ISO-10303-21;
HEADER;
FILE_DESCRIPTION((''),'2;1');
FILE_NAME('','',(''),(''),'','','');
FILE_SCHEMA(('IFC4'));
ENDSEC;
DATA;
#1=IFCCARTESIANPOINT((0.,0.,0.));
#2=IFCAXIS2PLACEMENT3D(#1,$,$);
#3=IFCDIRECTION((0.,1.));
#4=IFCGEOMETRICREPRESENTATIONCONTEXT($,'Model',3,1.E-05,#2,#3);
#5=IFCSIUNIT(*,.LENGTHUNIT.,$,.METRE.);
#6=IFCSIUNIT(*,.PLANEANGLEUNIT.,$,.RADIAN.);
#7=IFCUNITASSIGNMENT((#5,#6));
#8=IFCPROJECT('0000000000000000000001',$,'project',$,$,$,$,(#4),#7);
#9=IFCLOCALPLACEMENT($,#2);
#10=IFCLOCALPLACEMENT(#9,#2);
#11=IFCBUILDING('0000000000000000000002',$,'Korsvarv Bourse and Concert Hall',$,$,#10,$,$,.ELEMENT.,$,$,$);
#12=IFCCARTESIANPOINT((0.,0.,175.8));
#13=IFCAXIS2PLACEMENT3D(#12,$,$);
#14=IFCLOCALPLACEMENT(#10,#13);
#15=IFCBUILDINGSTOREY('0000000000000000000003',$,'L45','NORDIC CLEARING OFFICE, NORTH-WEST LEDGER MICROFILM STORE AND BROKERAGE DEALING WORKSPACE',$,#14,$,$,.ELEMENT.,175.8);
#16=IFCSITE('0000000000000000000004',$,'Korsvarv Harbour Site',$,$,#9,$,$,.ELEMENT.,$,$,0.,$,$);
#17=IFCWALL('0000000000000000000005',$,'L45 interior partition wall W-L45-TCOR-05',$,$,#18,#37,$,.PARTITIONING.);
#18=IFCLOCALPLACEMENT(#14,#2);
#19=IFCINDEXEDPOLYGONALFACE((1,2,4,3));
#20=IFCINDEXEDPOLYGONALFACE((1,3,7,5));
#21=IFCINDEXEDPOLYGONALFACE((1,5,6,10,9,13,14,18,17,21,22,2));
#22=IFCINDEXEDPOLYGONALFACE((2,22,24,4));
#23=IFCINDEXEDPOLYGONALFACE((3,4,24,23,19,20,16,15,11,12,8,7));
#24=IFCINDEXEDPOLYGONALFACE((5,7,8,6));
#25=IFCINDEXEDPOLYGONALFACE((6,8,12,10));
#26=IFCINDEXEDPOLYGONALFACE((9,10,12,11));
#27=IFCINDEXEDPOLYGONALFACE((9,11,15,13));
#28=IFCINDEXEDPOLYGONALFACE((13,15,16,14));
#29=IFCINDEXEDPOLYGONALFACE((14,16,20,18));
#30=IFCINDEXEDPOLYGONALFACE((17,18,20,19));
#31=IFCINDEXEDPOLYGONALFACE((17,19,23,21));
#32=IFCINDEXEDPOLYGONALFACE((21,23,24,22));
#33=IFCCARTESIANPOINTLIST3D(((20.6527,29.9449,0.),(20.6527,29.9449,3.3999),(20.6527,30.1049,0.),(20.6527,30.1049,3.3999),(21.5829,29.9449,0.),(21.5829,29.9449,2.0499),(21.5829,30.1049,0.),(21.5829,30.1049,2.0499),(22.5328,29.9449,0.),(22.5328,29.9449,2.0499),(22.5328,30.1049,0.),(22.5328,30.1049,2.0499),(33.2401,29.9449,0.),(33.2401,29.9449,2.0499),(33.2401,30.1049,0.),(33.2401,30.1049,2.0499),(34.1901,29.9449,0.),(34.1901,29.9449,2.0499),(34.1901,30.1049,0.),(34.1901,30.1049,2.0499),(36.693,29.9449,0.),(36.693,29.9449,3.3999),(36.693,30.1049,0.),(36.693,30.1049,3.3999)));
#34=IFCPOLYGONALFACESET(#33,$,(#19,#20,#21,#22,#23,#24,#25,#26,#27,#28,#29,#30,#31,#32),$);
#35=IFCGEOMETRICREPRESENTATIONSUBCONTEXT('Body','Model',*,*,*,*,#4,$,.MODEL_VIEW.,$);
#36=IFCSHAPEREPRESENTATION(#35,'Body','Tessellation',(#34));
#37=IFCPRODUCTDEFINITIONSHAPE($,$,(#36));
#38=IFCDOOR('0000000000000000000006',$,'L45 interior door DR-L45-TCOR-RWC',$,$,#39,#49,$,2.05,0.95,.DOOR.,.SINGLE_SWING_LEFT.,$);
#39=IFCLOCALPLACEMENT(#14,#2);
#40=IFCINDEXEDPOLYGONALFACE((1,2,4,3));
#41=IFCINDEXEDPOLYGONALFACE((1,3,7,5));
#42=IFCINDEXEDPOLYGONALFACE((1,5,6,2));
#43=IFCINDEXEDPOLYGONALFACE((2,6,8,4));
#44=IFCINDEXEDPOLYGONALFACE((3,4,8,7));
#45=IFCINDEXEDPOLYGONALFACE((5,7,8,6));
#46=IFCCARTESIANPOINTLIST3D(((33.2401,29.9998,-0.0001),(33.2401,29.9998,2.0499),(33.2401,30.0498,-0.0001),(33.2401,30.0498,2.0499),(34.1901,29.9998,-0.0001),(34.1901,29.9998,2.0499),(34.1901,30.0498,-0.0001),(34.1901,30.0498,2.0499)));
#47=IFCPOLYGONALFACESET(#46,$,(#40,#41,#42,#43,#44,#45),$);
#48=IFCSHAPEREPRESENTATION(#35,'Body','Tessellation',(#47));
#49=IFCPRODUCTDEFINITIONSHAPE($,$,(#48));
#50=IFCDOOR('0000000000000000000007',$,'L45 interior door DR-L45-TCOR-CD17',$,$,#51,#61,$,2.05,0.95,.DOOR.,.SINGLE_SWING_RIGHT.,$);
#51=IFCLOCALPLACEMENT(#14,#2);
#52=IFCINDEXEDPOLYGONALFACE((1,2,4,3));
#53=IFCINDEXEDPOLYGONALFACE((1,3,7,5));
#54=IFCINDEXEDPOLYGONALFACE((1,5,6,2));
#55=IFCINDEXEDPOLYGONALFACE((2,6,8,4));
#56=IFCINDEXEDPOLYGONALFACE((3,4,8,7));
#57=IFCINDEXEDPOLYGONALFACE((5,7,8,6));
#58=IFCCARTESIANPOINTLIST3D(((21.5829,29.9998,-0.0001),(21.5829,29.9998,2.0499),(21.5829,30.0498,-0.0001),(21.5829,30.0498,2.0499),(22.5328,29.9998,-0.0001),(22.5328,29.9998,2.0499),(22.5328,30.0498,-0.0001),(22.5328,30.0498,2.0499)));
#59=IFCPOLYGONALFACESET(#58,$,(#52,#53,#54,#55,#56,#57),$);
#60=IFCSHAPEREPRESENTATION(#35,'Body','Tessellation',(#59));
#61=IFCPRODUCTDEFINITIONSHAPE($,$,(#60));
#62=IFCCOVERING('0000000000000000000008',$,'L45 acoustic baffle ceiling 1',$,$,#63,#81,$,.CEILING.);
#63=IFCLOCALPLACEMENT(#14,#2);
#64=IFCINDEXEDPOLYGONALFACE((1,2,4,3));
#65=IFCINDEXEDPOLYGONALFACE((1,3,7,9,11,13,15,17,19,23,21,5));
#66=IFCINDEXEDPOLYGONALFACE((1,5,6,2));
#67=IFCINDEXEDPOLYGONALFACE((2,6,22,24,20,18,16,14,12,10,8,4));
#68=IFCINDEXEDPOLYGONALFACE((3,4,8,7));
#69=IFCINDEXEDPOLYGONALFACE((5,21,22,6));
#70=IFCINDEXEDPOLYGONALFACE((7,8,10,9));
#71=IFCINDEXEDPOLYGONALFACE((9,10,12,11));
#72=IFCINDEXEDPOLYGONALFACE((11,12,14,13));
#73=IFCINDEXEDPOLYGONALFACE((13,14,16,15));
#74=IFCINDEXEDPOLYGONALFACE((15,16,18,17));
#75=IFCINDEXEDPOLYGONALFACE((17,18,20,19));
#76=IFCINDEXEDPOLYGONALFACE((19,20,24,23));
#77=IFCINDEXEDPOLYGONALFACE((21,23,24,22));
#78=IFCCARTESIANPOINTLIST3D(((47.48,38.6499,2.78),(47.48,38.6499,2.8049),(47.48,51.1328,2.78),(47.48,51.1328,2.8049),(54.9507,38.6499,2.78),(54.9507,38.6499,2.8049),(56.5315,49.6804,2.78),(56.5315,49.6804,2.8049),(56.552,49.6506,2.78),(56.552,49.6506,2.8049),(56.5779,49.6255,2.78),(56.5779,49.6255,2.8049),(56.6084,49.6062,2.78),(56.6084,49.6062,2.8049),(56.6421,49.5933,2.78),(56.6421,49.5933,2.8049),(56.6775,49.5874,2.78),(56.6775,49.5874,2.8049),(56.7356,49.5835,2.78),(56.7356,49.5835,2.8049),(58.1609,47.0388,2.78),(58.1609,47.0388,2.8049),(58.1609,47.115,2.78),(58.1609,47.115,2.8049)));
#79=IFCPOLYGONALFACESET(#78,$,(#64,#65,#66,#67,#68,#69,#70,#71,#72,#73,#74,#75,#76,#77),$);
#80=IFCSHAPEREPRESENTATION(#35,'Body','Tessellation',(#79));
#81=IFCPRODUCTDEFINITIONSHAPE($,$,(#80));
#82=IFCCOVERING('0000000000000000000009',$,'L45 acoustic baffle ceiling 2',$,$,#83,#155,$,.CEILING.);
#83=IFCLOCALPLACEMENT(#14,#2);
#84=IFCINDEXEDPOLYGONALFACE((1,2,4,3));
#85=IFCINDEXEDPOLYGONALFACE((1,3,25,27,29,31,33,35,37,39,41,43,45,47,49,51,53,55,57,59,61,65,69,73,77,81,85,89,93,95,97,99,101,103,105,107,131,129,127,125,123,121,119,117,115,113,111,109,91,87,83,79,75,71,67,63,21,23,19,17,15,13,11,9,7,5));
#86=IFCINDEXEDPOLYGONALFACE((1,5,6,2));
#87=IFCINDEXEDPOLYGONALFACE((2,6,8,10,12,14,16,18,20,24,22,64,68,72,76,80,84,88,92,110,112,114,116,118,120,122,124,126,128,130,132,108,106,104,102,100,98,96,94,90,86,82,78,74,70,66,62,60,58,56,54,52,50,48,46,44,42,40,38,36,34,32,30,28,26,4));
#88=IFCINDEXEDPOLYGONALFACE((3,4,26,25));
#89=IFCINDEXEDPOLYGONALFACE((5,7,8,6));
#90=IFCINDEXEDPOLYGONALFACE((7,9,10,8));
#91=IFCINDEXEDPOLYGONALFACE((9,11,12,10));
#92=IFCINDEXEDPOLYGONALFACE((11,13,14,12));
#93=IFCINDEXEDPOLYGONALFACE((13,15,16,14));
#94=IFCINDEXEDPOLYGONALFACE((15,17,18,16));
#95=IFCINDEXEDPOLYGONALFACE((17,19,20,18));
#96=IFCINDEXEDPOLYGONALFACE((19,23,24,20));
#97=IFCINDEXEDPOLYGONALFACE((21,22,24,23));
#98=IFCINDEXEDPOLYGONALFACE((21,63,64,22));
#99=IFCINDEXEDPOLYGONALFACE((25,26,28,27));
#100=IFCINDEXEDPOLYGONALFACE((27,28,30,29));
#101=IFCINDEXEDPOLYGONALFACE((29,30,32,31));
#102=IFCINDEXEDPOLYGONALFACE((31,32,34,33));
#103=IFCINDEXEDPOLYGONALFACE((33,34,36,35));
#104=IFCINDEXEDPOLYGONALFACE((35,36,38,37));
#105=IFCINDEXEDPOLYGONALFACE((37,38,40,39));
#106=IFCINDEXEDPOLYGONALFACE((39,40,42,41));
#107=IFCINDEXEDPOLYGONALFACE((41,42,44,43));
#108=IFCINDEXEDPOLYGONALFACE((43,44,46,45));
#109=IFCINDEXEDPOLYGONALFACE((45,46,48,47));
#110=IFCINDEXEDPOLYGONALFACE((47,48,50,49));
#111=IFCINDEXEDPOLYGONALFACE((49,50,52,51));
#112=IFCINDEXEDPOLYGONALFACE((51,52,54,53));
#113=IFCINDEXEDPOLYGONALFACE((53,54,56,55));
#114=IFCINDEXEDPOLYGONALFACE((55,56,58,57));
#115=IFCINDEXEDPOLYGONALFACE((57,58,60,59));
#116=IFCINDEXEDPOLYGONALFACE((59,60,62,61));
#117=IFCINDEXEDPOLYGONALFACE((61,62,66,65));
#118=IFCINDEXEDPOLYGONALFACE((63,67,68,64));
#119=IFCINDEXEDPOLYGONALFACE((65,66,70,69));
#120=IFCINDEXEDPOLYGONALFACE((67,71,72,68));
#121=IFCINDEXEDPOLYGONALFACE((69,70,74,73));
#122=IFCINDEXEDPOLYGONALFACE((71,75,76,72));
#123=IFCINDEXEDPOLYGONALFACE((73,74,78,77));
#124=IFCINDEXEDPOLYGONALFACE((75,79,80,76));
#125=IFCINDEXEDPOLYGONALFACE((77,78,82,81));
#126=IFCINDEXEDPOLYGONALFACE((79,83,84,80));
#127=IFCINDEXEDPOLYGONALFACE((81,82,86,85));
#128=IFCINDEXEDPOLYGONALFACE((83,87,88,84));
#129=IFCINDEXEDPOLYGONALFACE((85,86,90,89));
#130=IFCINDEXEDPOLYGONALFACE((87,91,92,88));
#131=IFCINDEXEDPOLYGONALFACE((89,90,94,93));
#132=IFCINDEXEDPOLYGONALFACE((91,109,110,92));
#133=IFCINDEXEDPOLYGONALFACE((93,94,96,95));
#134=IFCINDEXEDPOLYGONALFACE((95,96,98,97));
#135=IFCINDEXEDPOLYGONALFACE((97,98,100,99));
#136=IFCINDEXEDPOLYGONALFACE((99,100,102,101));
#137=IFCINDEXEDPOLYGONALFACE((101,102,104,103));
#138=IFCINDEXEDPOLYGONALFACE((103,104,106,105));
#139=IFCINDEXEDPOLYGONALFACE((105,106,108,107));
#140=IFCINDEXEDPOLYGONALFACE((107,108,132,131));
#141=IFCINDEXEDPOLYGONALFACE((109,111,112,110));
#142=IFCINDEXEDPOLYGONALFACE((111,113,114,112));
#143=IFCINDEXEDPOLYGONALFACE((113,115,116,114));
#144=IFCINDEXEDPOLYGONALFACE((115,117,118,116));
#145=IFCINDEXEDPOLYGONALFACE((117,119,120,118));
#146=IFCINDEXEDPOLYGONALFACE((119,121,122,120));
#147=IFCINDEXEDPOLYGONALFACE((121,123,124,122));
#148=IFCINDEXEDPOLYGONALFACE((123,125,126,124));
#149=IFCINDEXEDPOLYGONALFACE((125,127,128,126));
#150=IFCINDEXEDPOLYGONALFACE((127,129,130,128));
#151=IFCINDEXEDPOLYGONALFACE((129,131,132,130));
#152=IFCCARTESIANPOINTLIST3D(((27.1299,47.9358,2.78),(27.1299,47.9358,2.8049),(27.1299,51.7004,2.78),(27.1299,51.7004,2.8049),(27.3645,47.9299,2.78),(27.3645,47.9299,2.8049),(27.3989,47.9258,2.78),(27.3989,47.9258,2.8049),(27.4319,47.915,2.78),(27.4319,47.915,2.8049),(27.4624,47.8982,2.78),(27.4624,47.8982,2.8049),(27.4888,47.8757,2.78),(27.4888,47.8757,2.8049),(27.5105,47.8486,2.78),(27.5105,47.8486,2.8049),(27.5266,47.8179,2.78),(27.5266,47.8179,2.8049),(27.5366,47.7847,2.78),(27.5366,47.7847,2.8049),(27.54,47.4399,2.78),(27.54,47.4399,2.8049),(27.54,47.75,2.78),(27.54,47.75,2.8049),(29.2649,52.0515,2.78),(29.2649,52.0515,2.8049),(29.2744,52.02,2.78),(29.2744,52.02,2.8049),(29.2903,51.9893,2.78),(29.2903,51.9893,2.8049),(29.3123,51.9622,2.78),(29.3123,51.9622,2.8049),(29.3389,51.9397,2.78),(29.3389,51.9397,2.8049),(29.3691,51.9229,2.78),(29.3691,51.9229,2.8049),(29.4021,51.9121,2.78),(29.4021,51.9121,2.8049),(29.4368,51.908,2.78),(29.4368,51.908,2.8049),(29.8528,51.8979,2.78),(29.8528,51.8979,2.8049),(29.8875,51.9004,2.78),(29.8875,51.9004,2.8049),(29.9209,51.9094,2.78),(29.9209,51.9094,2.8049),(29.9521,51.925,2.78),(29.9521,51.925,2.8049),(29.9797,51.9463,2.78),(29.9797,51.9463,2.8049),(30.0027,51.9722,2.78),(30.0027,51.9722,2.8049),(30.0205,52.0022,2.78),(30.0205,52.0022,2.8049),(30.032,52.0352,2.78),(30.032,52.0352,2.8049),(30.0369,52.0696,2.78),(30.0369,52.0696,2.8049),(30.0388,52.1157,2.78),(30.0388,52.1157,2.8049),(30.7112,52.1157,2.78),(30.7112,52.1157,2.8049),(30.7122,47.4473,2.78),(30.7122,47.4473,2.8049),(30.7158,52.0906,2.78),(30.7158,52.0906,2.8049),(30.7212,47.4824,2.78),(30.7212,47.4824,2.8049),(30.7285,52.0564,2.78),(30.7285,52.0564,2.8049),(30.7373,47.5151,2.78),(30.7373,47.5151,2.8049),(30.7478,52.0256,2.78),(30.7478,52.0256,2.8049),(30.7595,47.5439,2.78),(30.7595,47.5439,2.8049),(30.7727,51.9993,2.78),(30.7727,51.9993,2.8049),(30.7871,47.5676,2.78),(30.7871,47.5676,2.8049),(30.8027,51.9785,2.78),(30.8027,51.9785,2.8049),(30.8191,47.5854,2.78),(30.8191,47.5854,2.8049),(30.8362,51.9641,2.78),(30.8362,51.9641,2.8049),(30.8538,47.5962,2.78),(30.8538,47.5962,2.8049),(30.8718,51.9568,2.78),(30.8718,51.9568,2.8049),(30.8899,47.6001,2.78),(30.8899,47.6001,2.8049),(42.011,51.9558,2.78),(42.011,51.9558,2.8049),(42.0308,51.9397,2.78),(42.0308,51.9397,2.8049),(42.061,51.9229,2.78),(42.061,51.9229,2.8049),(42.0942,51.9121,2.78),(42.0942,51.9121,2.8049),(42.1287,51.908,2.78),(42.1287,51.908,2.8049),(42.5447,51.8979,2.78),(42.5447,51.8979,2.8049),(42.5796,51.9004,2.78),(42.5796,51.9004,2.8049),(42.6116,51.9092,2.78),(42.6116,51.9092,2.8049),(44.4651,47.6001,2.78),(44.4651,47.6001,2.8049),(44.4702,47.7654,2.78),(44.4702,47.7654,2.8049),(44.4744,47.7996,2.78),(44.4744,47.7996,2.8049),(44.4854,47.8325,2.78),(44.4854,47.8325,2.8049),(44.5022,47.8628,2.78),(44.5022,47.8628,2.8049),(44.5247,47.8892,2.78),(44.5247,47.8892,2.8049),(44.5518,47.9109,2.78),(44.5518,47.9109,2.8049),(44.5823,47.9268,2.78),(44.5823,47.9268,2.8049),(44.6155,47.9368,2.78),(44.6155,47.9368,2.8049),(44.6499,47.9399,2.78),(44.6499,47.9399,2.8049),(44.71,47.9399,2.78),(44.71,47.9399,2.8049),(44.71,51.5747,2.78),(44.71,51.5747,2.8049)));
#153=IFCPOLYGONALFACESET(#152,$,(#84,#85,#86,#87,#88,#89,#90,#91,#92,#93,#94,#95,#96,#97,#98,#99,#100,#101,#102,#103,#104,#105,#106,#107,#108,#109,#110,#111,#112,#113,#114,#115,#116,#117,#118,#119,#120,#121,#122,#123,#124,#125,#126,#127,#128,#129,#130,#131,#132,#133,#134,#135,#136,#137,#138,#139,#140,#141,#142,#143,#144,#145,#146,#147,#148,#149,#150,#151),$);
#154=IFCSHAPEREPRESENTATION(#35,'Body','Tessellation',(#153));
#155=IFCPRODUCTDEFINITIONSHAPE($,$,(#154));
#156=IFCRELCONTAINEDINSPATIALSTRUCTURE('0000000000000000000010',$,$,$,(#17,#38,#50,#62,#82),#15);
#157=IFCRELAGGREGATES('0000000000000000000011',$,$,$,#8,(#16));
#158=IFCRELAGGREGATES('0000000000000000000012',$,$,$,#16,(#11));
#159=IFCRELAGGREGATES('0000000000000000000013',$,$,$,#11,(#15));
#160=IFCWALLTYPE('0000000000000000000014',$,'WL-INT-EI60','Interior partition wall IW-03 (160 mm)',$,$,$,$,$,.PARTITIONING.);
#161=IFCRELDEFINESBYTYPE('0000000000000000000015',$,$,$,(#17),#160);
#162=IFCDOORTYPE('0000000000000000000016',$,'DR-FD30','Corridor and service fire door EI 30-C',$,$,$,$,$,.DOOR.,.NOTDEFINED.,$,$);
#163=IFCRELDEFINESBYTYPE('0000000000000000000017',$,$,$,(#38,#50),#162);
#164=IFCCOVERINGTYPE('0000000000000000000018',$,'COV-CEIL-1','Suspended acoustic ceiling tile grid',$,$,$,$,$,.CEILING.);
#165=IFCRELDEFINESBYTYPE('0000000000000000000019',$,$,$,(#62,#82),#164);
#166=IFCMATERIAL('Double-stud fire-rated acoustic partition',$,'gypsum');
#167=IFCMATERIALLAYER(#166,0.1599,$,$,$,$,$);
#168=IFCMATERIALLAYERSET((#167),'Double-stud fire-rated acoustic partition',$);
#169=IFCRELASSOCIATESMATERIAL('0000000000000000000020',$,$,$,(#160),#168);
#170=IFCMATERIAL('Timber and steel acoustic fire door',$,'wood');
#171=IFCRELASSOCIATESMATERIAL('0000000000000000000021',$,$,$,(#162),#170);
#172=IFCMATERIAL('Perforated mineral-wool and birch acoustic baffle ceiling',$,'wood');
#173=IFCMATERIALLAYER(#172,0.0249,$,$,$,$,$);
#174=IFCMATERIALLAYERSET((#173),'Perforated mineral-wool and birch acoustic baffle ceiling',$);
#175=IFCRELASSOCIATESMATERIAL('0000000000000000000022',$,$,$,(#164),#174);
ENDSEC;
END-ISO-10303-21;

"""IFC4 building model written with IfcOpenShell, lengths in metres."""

from ifc_helpers import new_model, si_unit, direction, frame, frame_2d, origin, place, context, subcontext, project, spatial, polyline, rectangle, outline, extrude, material, layer, layer_set, type_object, element, fill, save


model = new_model("IFC4")

# Units and contexts
model_context = context("Model", 3, precision=1e-05, world=origin(), true_north=direction((0.0, 1.0)))
body_context = subcontext(model_context, "Body", "Model", "MODEL_VIEW")
ifc_project = project(units=[si_unit("LENGTHUNIT", "METRE"), si_unit("PLANEANGLEUNIT", "RADIAN")], contexts=[model_context])

# Site, building, storey
site_placement = place(None, origin())
site = spatial("IfcSite", under=ifc_project, at=site_placement, Name="Korsvarv Harbour Site", CompositionType="ELEMENT", RefElevation=0.0)
building_placement = place(site_placement, origin())
building = spatial("IfcBuilding", under=site, at=building_placement, Name="Korsvarv Bourse and Concert Hall", CompositionType="ELEMENT")
storey_placement = place(building_placement, frame((0.0, 0.0, 175.8)))
storey = spatial("IfcBuildingStorey", under=building, at=storey_placement, Name="L45", Description="NORDIC CLEARING OFFICE, NORTH-WEST LEDGER MICROFILM STORE AND BROKERAGE DEALING WORKSPACE", CompositionType="ELEMENT", Elevation=175.8)

# Wall, openings, doors
ifc_material_1 = material(Name="Double-stud fire-rated acoustic partition", Category="gypsum")
ifc_layer_1 = layer(ifc_material_1, 0.1599)
ifc_layer_set_1 = layer_set([ifc_layer_1], Name="Double-stud fire-rated acoustic partition")
wall_type = type_object("IfcWallType", Name="WL-INT-EI60", Description="Interior partition wall IW-03 (160 mm)", PredefinedType="PARTITIONING", material=ifc_layer_set_1)
wall_placement = place(storey_placement, frame((20.6528, 30.0249, 0.0), z_axis=(0.0, 0.0, 1.0), x_axis=(1.0, 0.0, 0.0)))
wall = element("IfcWall", 1, at=wall_placement, inside=storey, type_object=wall_type, Name="L45 interior partition wall W-L45-TCOR-05", PredefinedType="PARTITIONING", context=body_context, shape_type="SweptSolid", body=[
    extrude(rectangle(XDim=16.0403, YDim=0.1599, at=frame_2d((8.02, 0.0))), origin(), (0.0, 0.0, 1.0), 3.3999),
])
opening_1_placement = place(wall_placement, frame((12.5872, 0.0, 0.0)))
opening_1 = element("IfcOpeningElement", 2, at=opening_1_placement, cuts=wall, PredefinedType="OPENING", context=body_context, shape_type="SweptSolid", body=[
    extrude(rectangle(XDim=0.95, YDim=2.05, at=frame_2d((0.4751, 1.0249))), frame((0.0, 0.0898, 0.0), z_axis=(0.0, -1.0, 0.0), x_axis=(1.0, 0.0, 0.0)), (0.0, 0.0, 1.0), 0.1799),
])
opening_2_placement = place(wall_placement, frame((0.9299, 0.0, 0.0)))
opening_2 = element("IfcOpeningElement", 3, at=opening_2_placement, cuts=wall, PredefinedType="OPENING", context=body_context, shape_type="SweptSolid", body=[
    extrude(rectangle(XDim=0.95, YDim=2.05, at=frame_2d((0.4751, 1.0249))), frame((0.0, 0.0898, 0.0), z_axis=(0.0, -1.0, 0.0), x_axis=(1.0, 0.0, 0.0)), (0.0, 0.0, 1.0), 0.1799),
])
ifc_material_2 = material(Name="Timber and steel acoustic fire door", Category="wood")
door_type = type_object("IfcDoorType", Name="DR-FD30", Description="Corridor and service fire door EI 30-C", OperationType="NOTDEFINED", PredefinedType="DOOR", material=ifc_material_2)
door_1_placement = place(opening_1_placement, origin())
door_1 = element("IfcDoor", 4, at=door_1_placement, inside=storey, type_object=door_type, Name="L45 interior door DR-L45-TCOR-RWC", OperationType="SINGLE_SWING_LEFT", OverallHeight=2.05, OverallWidth=0.95, PredefinedType="DOOR", context=body_context, shape_type="SweptSolid", body=[
    extrude(rectangle(XDim=0.95, YDim=2.05, at=frame_2d((0.4751, 1.0249))), frame((0.0, 0.0249, 0.0), z_axis=(0.0, -1.0, 0.0), x_axis=(1.0, 0.0, 0.0)), (0.0, 0.0, 1.0), 0.05),
])
fill(opening_1, door_1)
door_2_placement = place(opening_2_placement, origin())
door_2 = element("IfcDoor", 5, at=door_2_placement, inside=storey, type_object=door_type, Name="L45 interior door DR-L45-TCOR-CD17", OperationType="SINGLE_SWING_RIGHT", OverallHeight=2.05, OverallWidth=0.95, PredefinedType="DOOR", context=body_context, shape_type="SweptSolid", body=[
    extrude(rectangle(XDim=0.95, YDim=2.05, at=frame_2d((0.4751, 1.0249))), frame((0.0, 0.0249, 0.0), z_axis=(0.0, -1.0, 0.0), x_axis=(1.0, 0.0, 0.0)), (0.0, 0.0, 1.0), 0.05),
])
fill(opening_2, door_2)

# Coverings
ifc_material_3 = material(Name="Perforated mineral-wool and birch acoustic baffle ceiling", Category="wood")
ifc_layer_2 = layer(ifc_material_3, 0.0249)
ifc_layer_set_2 = layer_set([ifc_layer_2], Name="Perforated mineral-wool and birch acoustic baffle ceiling")
covering_type_1 = type_object("IfcCoveringType", Name="COV-CEIL-1", Description="Suspended acoustic ceiling tile grid", PredefinedType="CEILING", material=ifc_layer_set_2)
covering_1_placement = place(storey_placement, frame((0.0, 0.0, 2.78)))
element("IfcCovering", 6, at=covering_1_placement, inside=storey, type_object=covering_type_1, Name="L45 acoustic baffle ceiling 1", PredefinedType="CEILING", context=body_context, shape_type="SweptSolid", body=[
    extrude(outline(polyline([(56.5315, 49.6804), (56.552, 49.6506), (56.5779, 49.6255), (56.6084, 49.6062), (56.6421, 49.5933), (56.6775, 49.5874), (56.7356, 49.5835), (58.1609, 47.115), (58.1609, 47.0388), (54.9507, 38.6499), (47.48, 38.6499), (47.48, 51.1328), (56.5315, 49.6804)])), origin(), (0.0, 0.0, 1.0), 0.0249),
])
covering_2_placement = place(storey_placement, frame((0.0, 0.0, 2.78)))
element("IfcCovering", 7, at=covering_2_placement, inside=storey, type_object=covering_type_1, Name="L45 acoustic baffle ceiling 2", PredefinedType="CEILING", context=body_context, shape_type="SweptSolid", body=[
    extrude(outline(polyline([(29.2649, 52.0515), (29.2744, 52.02), (29.2903, 51.9893), (29.3123, 51.9622), (29.3389, 51.9397), (29.3691, 51.9229), (29.4021, 51.9121), (29.4368, 51.908), (29.8528, 51.8979), (29.8875, 51.9004), (29.9209, 51.9094), (29.9521, 51.925), (29.9797, 51.9463), (30.0027, 51.9722), (30.0205, 52.0022), (30.032, 52.0352), (30.0369, 52.0696), (30.0388, 52.1157), (30.7112, 52.1157), (30.7158, 52.0906), (30.7285, 52.0564), (30.7478, 52.0256), (30.7727, 51.9993), (30.8027, 51.9785), (30.8362, 51.9641), (30.8718, 51.9568), (42.011, 51.9558), (42.0308, 51.9397), (42.061, 51.9229), (42.0942, 51.9121), (42.1287, 51.908), (42.5447, 51.8979), (42.5796, 51.9004), (42.6116, 51.9092), (44.71, 51.5747), (44.71, 47.9399), (44.6499, 47.9399), (44.6155, 47.9368), (44.5823, 47.9268), (44.5518, 47.9109), (44.5247, 47.8892), (44.5022, 47.8628), (44.4854, 47.8325), (44.4744, 47.7996), (44.4702, 47.7654), (44.4651, 47.6001), (30.8899, 47.6001), (30.8538, 47.5962), (30.8191, 47.5854), (30.7871, 47.5676), (30.7595, 47.5439), (30.7373, 47.5151), (30.7212, 47.4824), (30.7122, 47.4473), (27.54, 47.4399), (27.54, 47.75), (27.5366, 47.7847), (27.5266, 47.8179), (27.5105, 47.8486), (27.4888, 47.8757), (27.4624, 47.8982), (27.4319, 47.915), (27.3989, 47.9258), (27.3645, 47.9299), (27.1299, 47.9358), (27.1299, 51.7004), (29.2649, 52.0515)])), origin(), (0.0, 0.0, 1.0), 0.0249),
])

save(model, "model.ifc")
